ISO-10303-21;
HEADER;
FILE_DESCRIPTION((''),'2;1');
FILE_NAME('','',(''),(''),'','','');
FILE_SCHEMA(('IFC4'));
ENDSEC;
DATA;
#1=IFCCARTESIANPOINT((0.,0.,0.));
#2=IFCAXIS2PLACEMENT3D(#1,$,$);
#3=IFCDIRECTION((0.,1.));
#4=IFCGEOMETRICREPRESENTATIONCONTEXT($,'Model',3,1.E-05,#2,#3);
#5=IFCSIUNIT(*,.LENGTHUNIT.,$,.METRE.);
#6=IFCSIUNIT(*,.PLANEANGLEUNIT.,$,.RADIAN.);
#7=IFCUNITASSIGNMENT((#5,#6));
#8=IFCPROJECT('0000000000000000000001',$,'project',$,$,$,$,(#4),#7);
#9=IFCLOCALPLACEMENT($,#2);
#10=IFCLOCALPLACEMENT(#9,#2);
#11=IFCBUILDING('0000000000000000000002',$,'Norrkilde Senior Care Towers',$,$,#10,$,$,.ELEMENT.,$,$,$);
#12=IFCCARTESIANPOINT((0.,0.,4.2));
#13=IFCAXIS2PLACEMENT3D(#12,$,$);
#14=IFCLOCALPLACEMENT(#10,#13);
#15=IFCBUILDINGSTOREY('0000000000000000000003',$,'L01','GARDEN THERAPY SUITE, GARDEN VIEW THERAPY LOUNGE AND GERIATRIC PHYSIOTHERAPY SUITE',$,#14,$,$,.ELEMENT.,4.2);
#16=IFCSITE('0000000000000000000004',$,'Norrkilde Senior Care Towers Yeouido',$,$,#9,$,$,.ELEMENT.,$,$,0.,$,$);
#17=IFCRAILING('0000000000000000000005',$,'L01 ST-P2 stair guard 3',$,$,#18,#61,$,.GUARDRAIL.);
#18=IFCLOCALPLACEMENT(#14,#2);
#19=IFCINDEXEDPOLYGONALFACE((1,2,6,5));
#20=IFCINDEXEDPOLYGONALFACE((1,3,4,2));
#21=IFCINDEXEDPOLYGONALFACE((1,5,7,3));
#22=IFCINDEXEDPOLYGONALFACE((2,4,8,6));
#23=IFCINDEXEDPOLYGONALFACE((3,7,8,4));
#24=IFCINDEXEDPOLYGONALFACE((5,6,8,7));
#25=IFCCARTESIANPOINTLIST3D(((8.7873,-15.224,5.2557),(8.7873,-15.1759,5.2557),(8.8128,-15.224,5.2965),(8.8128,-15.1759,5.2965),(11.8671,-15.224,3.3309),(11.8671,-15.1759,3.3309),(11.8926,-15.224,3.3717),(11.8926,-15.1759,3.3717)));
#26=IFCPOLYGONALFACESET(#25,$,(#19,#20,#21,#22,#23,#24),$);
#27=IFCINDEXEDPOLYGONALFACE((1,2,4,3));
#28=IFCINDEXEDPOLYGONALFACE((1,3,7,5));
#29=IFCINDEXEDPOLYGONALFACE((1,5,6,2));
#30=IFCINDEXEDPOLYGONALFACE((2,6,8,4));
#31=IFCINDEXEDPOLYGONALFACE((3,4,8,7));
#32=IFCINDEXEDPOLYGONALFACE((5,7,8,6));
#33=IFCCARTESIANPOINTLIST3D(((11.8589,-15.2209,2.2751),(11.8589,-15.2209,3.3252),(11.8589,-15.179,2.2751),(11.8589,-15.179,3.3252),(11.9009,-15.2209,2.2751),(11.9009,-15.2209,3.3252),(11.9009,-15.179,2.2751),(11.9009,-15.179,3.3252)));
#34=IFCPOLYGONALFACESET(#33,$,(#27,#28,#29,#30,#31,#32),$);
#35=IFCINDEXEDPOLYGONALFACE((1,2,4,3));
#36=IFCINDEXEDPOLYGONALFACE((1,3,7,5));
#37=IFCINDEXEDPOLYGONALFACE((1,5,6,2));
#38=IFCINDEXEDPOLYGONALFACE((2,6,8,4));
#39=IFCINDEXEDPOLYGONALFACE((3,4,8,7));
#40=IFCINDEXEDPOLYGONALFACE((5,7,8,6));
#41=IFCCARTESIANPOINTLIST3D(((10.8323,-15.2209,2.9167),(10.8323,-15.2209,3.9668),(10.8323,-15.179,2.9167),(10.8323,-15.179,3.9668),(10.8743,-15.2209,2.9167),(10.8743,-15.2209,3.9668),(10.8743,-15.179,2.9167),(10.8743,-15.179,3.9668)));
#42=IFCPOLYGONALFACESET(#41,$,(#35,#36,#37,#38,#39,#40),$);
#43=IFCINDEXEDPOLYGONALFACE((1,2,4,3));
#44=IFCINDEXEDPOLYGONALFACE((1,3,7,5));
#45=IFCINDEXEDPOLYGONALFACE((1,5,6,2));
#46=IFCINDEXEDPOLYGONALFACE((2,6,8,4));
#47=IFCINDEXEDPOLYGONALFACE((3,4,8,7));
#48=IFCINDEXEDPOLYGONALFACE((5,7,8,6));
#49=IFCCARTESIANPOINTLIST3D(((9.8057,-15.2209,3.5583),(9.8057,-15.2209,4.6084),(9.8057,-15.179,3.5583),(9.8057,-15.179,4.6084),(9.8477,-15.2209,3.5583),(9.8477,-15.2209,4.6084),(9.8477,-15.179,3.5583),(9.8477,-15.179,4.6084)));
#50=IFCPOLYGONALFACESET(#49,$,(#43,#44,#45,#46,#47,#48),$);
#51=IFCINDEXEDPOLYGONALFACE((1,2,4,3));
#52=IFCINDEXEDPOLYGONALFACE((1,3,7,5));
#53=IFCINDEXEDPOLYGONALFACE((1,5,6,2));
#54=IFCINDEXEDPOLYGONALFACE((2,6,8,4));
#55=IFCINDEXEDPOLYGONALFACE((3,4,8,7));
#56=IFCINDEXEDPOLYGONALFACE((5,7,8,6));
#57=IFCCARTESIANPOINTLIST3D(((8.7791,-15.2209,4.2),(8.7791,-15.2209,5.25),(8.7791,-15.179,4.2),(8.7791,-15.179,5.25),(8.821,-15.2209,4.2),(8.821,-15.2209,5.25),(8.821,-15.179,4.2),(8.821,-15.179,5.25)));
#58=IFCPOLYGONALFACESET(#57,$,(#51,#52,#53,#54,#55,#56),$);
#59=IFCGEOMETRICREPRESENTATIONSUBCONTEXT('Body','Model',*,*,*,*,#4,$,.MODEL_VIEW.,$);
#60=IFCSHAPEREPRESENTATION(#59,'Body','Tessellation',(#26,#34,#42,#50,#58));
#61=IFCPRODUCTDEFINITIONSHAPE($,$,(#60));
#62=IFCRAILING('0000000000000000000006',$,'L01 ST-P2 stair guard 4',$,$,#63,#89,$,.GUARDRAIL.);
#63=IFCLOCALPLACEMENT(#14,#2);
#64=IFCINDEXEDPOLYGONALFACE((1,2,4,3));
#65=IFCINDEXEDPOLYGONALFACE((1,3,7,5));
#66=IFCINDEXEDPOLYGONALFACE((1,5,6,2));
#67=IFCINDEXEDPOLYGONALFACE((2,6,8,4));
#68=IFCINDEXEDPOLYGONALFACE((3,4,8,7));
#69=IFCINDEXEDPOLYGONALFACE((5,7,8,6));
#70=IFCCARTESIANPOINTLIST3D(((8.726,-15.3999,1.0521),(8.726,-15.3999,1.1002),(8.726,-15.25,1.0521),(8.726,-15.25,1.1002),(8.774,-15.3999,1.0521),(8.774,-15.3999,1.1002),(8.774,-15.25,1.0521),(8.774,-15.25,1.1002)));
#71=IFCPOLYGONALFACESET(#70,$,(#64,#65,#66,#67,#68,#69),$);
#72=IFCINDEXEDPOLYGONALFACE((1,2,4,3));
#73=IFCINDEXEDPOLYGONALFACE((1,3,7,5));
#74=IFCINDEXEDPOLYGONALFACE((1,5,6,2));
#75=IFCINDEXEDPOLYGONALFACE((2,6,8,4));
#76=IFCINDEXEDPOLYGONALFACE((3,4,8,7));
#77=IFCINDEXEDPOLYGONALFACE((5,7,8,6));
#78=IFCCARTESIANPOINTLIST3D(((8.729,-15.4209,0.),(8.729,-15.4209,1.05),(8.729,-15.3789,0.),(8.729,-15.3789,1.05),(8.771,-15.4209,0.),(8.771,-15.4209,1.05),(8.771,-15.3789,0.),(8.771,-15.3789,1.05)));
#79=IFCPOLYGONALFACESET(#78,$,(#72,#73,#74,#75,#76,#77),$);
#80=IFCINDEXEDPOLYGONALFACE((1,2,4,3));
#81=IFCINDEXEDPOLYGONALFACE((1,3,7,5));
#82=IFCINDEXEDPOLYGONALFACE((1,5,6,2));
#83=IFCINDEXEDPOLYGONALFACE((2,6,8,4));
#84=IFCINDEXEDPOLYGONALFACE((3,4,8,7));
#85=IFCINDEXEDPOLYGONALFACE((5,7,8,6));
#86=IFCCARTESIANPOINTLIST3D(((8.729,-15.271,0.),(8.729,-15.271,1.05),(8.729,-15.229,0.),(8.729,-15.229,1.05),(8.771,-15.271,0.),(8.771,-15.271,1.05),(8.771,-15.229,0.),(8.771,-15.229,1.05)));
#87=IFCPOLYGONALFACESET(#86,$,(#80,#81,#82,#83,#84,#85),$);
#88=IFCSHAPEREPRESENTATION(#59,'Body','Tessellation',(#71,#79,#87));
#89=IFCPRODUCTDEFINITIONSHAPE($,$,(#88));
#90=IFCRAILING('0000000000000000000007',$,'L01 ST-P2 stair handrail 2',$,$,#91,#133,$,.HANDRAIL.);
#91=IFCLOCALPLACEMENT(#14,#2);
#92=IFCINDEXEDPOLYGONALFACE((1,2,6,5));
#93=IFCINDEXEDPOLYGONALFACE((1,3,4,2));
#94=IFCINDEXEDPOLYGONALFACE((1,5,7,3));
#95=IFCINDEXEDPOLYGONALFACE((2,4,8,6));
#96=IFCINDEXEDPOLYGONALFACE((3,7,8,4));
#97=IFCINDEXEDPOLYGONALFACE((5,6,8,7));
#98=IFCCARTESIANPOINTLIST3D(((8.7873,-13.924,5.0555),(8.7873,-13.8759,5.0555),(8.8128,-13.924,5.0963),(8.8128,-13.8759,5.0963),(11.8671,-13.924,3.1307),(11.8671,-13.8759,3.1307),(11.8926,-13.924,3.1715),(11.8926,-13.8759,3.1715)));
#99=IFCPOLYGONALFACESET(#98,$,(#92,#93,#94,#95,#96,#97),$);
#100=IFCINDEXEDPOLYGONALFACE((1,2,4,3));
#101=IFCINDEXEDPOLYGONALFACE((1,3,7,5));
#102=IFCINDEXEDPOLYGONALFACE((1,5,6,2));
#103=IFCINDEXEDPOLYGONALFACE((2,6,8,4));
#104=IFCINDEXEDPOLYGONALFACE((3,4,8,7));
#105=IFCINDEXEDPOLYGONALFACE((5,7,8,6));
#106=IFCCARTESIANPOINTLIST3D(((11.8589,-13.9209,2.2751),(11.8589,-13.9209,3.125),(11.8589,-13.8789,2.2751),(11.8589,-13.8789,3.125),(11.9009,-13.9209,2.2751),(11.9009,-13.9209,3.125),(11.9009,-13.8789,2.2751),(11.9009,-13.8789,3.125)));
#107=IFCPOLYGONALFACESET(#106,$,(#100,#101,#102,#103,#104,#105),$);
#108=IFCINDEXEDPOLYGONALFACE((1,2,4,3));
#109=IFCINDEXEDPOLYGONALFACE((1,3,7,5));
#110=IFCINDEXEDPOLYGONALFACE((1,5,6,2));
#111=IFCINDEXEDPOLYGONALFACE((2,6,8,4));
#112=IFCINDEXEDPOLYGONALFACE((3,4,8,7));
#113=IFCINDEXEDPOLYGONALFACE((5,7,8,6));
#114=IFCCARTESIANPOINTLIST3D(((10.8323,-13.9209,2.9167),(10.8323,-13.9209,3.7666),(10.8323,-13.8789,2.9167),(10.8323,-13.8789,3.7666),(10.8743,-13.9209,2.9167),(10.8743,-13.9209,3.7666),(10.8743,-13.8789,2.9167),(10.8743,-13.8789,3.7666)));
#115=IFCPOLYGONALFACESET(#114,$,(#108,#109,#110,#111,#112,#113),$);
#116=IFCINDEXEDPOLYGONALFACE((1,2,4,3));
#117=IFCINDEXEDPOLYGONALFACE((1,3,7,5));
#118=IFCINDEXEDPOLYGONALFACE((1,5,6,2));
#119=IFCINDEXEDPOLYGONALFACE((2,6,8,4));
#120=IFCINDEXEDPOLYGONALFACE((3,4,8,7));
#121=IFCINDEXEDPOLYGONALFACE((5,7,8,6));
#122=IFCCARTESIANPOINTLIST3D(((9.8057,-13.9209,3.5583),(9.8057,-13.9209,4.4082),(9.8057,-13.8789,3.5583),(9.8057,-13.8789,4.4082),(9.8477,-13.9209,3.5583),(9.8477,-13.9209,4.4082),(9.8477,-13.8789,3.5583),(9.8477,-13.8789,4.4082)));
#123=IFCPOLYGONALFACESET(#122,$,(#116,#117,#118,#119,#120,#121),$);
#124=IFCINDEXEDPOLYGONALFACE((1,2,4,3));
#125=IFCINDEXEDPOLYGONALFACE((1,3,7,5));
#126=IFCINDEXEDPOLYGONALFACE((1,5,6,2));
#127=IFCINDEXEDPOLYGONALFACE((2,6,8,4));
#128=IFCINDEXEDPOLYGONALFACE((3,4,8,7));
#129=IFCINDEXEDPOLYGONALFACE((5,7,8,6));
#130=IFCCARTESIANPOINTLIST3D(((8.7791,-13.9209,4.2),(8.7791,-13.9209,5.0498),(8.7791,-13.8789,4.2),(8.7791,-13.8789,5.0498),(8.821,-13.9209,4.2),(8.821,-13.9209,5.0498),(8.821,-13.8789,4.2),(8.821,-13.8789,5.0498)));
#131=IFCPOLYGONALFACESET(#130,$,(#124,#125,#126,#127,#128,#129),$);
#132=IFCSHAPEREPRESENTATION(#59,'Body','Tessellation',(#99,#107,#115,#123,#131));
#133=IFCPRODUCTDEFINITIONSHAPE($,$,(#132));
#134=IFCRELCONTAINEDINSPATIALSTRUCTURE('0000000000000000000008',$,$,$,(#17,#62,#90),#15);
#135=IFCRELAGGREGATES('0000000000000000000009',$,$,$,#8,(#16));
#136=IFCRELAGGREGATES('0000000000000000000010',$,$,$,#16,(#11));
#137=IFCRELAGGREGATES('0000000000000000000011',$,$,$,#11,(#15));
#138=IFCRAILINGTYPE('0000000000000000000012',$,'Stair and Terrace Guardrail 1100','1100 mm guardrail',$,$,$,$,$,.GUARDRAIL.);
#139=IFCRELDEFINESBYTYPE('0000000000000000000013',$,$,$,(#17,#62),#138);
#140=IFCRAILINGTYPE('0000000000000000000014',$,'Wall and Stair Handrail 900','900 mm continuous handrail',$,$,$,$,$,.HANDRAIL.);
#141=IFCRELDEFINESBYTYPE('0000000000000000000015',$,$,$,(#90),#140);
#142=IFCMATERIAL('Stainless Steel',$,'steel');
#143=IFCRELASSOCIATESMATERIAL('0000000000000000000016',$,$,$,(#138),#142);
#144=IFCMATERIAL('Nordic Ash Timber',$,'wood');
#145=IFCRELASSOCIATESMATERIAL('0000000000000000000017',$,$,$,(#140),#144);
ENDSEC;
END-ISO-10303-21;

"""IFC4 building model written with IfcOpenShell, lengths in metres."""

from ifc_helpers import new_model, si_unit, direction, frame, origin, origin_2d, place, context, subcontext, project, spatial, rectangle, extrude, material, type_object, element, save


model = new_model("IFC4")

# Units and contexts
model_context = context("Model", 3, precision=1e-05, world=origin(), true_north=direction((0.0, 1.0)))
body_context = subcontext(model_context, "Body", "Model", "MODEL_VIEW")
ifc_project = project(units=[si_unit("LENGTHUNIT", "METRE"), si_unit("PLANEANGLEUNIT", "RADIAN")], contexts=[model_context])

# Site, building, storey
site_placement = place(None, origin())
site = spatial("IfcSite", under=ifc_project, at=site_placement, Name="Norrkilde Senior Care Towers Yeouido", CompositionType="ELEMENT", RefElevation=0.0)
building_placement = place(site_placement, origin())
building = spatial("IfcBuilding", under=site, at=building_placement, Name="Norrkilde Senior Care Towers", CompositionType="ELEMENT")
storey_placement = place(building_placement, frame((0.0, 0.0, 4.2)))
storey = spatial("IfcBuildingStorey", under=building, at=storey_placement, Name="L01", Description="GARDEN THERAPY SUITE, GARDEN VIEW THERAPY LOUNGE AND GERIATRIC PHYSIOTHERAPY SUITE", CompositionType="ELEMENT", Elevation=4.2)

# Shared definitions
ifc_material_1 = material(Name="Nordic Ash Timber", Category="wood")

# Railings
ifc_material_2 = material(Name="Stainless Steel", Category="steel")
railing_type_1 = type_object("IfcRailingType", Name="Stair and Terrace Guardrail 1100", Description="1100 mm guardrail", PredefinedType="GUARDRAIL", material=ifc_material_2)
railing_1_placement = place(storey_placement, frame((11.8799, -15.2, 2.2751)))
element("IfcRailing", 1, at=railing_1_placement, inside=storey, type_object=railing_type_1, Name="L01 ST-P2 stair guard 3", PredefinedType="GUARDRAIL", context=body_context, shape_type="SweptSolid", body=[
    extrude(rectangle(XDim=0.0481, YDim=0.0481, at=origin_2d()), frame((0.0, 0.0, 1.0762), z_axis=(-0.84801, 0.0, 0.529981), x_axis=(0.0, -1.0, 0.0)), (0.0, 0.0, 1.0), 3.6318),
    extrude(rectangle(XDim=0.042, YDim=0.042, at=origin_2d()), origin(), (0.0, 0.0, 1.0), 1.05),
    extrude(rectangle(XDim=0.042, YDim=0.042, at=origin_2d()), frame((-1.0266, 0.0, 0.6416)), (0.0, 0.0, 1.0), 1.05),
    extrude(rectangle(XDim=0.042, YDim=0.042, at=origin_2d()), frame((-2.0532, 0.0, 1.2832)), (0.0, 0.0, 1.0), 1.05),
    extrude(rectangle(XDim=0.042, YDim=0.042, at=origin_2d()), frame((-3.0798, 0.0, 1.9248)), (0.0, 0.0, 1.0), 1.05),
])
railing_2_placement = place(storey_placement, frame((8.75, -15.3999, 0.0)))
element("IfcRailing", 2, at=railing_2_placement, inside=storey, type_object=railing_type_1, Name="L01 ST-P2 stair guard 4", PredefinedType="GUARDRAIL", context=body_context, shape_type="SweptSolid", body=[
    extrude(rectangle(XDim=0.0481, YDim=0.0481, at=origin_2d()), frame((0.0, 0.0, 1.0762), z_axis=(0.0, 1.0, 0.0), x_axis=(-1.0, 0.0, 0.0)), (0.0, 0.0, 1.0), 0.1499),
    extrude(rectangle(XDim=0.042, YDim=0.042, at=origin_2d()), origin(), (0.0, 0.0, 1.0), 1.05),
    extrude(rectangle(XDim=0.042, YDim=0.042, at=origin_2d()), frame((0.0, 0.1499, 0.0)), (0.0, 0.0, 1.0), 1.05),
])
railing_type_2 = type_object("IfcRailingType", Name="Wall and Stair Handrail 900", Description="900 mm continuous handrail", PredefinedType="HANDRAIL", material=ifc_material_1)
railing_3_placement = place(storey_placement, frame((11.8799, -13.8999, 2.2751)))
element("IfcRailing", 3, at=railing_3_placement, inside=storey, type_object=railing_type_2, Name="L01 ST-P2 stair handrail 2", PredefinedType="HANDRAIL", context=body_context, shape_type="SweptSolid", body=[
    extrude(rectangle(XDim=0.0481, YDim=0.0481, at=origin_2d()), frame((0.0, 0.0, 0.876), z_axis=(-0.84801, 0.0, 0.529981), x_axis=(0.0, -1.0, 0.0)), (0.0, 0.0, 1.0), 3.6318),
    extrude(rectangle(XDim=0.042, YDim=0.042, at=origin_2d()), origin(), (0.0, 0.0, 1.0), 0.8499),
    extrude(rectangle(XDim=0.042, YDim=0.042, at=origin_2d()), frame((-1.0266, 0.0, 0.6416)), (0.0, 0.0, 1.0), 0.8499),
    extrude(rectangle(XDim=0.042, YDim=0.042, at=origin_2d()), frame((-2.0532, 0.0, 1.2832)), (0.0, 0.0, 1.0), 0.8499),
    extrude(rectangle(XDim=0.042, YDim=0.042, at=origin_2d()), frame((-3.0798, 0.0, 1.9248)), (0.0, 0.0, 1.0), 0.8499),
])

save(model, "model.ifc")
